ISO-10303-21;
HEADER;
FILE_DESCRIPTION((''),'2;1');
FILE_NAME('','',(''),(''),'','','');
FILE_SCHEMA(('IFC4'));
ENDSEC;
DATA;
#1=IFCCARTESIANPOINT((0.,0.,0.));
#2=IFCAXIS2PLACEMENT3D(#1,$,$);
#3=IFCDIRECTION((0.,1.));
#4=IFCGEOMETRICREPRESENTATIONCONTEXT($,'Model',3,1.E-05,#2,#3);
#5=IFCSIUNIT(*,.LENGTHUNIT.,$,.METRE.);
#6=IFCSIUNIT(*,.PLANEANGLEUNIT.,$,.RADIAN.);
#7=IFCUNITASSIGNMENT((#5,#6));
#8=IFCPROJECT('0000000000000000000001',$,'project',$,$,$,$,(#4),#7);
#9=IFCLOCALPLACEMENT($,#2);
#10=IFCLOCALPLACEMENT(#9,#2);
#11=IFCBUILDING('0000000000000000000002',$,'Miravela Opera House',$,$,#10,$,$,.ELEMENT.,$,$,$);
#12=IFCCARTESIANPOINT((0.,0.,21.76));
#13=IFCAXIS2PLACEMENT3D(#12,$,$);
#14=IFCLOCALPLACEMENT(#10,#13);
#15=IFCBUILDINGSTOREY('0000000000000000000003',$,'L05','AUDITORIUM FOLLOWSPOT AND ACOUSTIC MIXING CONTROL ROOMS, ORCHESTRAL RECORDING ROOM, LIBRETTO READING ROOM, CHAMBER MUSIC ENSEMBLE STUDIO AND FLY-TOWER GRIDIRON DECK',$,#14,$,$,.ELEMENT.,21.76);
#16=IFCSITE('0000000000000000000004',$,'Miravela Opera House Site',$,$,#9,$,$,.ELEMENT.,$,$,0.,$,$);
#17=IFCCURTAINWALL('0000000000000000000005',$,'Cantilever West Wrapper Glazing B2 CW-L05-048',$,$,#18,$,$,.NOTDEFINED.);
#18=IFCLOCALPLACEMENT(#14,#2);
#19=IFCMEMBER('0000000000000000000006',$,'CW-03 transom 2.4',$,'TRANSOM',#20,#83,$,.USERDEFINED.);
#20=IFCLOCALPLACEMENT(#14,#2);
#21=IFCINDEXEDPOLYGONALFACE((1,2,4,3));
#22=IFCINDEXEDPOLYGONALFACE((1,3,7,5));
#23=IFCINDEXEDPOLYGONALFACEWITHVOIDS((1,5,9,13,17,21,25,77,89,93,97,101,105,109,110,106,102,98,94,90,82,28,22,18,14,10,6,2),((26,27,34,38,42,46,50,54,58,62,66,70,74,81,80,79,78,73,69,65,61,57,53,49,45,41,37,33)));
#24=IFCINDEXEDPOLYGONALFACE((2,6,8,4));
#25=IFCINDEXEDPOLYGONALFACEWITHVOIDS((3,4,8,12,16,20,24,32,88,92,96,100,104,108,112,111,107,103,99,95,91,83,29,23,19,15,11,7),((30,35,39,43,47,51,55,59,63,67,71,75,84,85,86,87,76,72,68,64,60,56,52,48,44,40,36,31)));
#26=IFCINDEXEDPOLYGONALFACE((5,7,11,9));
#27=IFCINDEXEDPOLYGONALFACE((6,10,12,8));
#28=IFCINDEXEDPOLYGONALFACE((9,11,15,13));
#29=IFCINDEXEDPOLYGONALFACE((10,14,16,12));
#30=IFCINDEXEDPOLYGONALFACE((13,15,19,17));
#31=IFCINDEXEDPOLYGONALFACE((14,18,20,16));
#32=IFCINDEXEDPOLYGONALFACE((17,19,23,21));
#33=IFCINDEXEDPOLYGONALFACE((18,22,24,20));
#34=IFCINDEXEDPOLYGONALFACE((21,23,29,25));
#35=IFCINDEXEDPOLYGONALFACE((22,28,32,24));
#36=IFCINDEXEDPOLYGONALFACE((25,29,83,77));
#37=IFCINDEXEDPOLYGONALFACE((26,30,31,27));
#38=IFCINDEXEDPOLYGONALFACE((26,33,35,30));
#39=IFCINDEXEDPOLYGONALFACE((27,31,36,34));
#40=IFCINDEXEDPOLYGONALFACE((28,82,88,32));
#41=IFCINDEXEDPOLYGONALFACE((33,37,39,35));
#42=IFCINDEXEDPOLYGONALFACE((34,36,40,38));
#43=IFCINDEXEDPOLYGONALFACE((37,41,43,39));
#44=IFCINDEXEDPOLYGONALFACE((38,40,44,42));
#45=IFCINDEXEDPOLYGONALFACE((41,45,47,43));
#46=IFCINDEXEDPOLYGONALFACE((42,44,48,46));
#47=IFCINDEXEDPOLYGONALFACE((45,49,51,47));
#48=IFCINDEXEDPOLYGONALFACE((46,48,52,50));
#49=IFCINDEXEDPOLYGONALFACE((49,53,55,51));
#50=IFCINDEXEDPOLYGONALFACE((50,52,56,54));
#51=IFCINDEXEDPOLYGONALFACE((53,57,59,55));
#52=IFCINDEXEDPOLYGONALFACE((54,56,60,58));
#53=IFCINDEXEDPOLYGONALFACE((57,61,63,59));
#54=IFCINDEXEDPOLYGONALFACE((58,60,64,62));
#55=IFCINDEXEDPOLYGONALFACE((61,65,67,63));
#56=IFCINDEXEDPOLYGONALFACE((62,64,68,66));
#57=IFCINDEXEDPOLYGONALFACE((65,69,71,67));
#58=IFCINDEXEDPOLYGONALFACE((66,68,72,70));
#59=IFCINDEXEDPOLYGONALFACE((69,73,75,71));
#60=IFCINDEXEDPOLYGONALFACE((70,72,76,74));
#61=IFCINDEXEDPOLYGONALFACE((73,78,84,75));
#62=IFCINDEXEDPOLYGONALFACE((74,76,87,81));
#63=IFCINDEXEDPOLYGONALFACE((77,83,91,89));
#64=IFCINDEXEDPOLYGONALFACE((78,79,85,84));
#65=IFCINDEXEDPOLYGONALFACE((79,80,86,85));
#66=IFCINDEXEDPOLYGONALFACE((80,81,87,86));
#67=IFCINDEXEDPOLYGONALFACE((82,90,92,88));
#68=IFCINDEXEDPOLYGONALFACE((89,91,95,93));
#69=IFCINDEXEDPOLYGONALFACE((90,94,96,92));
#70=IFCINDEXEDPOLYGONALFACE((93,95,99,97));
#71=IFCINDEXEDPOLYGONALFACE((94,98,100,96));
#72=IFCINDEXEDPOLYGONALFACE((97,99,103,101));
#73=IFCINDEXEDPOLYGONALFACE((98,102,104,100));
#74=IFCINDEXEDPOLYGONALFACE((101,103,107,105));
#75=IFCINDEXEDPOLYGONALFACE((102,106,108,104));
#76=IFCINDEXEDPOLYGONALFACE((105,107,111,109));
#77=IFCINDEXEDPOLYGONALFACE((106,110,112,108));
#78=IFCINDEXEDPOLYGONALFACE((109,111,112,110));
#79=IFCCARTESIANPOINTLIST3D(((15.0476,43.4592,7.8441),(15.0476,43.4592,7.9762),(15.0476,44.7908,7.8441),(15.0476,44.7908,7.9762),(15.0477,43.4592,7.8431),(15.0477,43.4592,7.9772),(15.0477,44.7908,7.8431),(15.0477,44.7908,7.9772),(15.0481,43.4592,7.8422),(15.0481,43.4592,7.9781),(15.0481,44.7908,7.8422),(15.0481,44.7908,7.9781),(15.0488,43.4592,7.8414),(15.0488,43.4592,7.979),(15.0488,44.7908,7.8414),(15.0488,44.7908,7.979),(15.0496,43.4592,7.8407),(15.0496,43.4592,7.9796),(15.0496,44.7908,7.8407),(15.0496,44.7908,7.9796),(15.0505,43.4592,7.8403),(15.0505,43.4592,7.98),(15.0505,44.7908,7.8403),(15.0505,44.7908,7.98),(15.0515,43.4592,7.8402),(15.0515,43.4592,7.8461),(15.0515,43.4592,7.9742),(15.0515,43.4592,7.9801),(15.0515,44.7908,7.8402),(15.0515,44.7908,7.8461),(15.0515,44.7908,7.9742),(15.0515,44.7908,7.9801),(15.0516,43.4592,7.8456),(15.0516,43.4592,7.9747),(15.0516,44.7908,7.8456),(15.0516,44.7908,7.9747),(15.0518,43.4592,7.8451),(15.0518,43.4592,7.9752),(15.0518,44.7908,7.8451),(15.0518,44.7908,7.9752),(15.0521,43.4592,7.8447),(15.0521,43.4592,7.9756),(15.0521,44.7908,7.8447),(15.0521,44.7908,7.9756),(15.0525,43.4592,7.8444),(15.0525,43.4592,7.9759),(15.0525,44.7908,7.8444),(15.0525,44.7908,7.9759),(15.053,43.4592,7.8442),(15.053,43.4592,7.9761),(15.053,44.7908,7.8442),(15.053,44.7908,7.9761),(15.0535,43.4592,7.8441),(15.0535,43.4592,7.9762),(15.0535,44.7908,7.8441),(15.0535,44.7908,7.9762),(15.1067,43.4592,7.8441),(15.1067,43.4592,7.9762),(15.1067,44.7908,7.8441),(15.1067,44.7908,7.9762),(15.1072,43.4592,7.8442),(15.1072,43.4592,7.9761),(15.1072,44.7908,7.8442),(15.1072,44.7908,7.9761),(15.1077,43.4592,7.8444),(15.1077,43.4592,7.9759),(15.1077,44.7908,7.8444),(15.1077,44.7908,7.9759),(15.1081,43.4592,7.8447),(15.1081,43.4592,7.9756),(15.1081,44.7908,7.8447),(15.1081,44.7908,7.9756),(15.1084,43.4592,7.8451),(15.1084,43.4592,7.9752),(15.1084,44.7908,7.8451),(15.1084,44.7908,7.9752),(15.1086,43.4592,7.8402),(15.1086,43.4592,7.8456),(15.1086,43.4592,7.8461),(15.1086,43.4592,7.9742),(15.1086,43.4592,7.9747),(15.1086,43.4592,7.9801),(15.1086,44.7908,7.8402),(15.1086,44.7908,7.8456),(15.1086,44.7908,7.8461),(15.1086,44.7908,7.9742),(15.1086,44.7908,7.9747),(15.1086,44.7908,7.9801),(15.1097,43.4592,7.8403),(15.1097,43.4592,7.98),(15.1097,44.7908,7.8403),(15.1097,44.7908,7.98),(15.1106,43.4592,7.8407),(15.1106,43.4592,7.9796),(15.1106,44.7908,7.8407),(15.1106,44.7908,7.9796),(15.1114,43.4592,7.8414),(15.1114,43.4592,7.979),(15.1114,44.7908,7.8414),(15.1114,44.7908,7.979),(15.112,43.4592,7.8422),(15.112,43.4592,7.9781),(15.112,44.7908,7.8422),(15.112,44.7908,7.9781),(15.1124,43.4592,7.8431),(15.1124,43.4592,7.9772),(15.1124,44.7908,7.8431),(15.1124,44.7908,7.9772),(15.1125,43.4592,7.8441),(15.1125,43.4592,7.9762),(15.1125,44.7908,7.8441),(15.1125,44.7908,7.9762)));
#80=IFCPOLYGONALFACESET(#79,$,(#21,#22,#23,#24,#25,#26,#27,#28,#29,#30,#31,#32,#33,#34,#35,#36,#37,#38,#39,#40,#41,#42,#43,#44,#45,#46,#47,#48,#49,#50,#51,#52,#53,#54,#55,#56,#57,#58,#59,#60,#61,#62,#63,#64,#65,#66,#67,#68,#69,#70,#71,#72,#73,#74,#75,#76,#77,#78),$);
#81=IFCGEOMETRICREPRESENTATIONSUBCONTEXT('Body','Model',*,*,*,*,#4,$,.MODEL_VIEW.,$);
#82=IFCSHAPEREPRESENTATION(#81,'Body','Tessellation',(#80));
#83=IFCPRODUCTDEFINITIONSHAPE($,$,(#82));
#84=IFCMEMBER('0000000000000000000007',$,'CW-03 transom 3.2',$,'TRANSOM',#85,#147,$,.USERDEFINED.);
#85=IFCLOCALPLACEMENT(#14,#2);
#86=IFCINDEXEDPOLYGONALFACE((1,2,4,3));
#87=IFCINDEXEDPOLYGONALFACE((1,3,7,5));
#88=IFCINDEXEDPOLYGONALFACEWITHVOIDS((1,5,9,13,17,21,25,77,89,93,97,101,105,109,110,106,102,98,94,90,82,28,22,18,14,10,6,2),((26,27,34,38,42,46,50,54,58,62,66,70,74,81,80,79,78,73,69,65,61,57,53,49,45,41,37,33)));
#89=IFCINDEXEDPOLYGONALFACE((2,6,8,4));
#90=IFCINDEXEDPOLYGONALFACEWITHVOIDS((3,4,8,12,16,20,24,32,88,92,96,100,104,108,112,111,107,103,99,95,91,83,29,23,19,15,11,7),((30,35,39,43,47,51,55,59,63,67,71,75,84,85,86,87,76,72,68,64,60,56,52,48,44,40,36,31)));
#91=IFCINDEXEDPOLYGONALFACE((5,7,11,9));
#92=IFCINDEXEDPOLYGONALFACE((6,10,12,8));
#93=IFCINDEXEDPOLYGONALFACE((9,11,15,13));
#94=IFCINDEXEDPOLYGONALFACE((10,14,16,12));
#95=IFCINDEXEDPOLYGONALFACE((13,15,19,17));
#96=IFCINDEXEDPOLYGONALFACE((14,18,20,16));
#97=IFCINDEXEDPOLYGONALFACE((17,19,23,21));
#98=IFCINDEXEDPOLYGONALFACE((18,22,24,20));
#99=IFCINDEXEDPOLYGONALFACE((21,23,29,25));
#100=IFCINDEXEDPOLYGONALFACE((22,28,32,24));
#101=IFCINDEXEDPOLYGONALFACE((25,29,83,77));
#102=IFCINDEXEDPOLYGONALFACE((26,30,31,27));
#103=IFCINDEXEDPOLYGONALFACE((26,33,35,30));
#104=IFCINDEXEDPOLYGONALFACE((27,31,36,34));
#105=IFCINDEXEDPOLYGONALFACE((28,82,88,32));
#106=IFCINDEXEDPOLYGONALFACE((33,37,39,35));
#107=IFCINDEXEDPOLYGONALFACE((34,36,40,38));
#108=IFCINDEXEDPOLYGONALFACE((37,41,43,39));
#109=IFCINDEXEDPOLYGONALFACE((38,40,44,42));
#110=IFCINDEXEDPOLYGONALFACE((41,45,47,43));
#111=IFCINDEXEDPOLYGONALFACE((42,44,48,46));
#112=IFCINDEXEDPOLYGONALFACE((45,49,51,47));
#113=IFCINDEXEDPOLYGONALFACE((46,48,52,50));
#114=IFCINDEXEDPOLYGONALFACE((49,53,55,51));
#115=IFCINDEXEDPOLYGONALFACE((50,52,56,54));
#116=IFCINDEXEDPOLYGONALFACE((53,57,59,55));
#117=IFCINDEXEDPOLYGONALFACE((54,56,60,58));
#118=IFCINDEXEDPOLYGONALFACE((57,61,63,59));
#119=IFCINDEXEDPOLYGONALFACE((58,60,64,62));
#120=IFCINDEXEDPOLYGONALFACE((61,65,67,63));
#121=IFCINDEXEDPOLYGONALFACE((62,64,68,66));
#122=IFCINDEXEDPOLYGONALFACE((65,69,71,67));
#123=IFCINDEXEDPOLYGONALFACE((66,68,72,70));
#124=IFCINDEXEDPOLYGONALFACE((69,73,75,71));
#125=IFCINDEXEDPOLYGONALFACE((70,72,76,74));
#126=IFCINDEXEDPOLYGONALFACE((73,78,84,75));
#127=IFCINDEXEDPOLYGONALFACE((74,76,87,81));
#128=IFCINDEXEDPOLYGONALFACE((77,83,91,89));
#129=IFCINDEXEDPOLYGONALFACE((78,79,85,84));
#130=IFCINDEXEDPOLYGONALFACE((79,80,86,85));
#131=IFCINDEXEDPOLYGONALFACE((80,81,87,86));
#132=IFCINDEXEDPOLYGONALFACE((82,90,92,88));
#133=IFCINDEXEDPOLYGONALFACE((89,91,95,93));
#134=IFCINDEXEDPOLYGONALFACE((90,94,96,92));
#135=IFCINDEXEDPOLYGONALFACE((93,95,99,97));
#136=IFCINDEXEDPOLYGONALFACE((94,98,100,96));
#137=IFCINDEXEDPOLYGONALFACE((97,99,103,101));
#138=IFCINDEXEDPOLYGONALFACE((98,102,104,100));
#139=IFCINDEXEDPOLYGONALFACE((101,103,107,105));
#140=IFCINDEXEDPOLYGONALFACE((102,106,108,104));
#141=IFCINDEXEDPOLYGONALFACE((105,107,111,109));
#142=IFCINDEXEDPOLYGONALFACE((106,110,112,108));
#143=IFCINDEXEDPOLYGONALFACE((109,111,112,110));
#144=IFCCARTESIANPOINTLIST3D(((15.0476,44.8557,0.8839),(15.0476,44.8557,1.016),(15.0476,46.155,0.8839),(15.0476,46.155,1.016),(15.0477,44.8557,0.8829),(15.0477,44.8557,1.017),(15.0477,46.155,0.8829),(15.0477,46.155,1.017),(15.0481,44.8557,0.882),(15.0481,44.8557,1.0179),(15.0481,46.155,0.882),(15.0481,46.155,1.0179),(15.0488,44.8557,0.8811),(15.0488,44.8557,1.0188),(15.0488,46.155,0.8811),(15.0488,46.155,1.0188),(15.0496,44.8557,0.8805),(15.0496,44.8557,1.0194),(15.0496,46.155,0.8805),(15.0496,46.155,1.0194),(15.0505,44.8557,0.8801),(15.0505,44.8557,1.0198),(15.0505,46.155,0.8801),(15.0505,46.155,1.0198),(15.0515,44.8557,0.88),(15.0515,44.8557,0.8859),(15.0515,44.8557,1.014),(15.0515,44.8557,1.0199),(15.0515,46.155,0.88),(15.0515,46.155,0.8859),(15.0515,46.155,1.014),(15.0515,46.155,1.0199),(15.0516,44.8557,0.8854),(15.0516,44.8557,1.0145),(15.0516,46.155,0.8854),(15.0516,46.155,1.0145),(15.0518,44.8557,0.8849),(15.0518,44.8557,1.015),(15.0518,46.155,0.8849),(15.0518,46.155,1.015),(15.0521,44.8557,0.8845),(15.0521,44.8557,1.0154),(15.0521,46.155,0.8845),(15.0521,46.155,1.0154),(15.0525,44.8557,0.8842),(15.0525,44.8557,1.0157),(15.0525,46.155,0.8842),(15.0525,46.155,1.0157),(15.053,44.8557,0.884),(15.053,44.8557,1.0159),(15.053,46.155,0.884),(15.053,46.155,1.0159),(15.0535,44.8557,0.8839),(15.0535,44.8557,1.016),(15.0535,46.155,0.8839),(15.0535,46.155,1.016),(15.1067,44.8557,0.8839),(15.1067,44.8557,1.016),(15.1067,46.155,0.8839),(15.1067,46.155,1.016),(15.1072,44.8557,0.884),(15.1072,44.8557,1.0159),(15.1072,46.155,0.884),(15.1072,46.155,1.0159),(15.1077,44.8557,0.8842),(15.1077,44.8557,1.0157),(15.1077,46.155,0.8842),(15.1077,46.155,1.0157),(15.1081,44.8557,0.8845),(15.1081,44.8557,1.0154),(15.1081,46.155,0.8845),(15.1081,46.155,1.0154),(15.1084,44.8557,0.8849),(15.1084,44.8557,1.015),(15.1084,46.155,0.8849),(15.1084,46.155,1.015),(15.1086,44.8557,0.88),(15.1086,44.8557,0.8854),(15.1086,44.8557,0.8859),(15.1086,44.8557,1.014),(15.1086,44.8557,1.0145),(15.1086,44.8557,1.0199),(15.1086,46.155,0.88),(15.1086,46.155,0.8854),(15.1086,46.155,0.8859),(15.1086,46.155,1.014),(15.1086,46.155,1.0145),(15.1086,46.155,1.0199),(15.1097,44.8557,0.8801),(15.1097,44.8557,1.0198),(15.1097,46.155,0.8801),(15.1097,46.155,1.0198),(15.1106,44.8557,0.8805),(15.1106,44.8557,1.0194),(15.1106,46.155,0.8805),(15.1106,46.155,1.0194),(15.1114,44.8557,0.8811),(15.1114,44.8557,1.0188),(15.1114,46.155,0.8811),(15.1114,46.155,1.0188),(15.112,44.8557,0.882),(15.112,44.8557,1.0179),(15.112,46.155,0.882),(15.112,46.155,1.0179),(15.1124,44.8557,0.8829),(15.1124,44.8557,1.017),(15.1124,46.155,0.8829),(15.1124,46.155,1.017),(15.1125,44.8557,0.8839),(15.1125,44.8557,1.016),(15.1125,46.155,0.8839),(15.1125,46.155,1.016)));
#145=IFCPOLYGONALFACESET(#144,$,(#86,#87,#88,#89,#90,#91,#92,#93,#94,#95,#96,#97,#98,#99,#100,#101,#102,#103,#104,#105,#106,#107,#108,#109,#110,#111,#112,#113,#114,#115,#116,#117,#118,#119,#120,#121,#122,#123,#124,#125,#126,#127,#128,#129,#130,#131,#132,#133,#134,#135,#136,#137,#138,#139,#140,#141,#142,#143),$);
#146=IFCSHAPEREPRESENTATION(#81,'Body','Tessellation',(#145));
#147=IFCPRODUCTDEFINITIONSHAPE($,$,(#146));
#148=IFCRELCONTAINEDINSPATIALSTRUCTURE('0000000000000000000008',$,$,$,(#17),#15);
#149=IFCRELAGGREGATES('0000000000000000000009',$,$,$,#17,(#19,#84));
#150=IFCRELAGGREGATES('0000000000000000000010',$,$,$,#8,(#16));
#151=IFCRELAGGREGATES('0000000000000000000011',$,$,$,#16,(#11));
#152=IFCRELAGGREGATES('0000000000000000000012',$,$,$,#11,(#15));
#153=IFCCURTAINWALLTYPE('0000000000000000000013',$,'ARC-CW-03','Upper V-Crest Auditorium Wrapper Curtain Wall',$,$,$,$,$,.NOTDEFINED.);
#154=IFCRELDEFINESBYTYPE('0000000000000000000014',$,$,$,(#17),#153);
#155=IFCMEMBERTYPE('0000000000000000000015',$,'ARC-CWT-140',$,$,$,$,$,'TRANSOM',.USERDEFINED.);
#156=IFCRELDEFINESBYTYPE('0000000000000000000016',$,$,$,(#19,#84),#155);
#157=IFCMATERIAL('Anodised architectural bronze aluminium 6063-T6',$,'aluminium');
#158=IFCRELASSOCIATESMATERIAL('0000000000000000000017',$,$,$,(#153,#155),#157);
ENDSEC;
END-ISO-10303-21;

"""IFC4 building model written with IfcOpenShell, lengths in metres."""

from ifc_helpers import new_model, si_unit, direction, frame, origin, origin_2d, place, context, subcontext, project, spatial, hollow_rectangle, extrude, material, material_profile, profile_set, type_object, element, aggregate, save


model = new_model("IFC4")

# Units and contexts
model_context = context("Model", 3, precision=1e-05, world=origin(), true_north=direction((0.0, 1.0)))
body_context = subcontext(model_context, "Body", "Model", "MODEL_VIEW")
ifc_project = project(units=[si_unit("LENGTHUNIT", "METRE"), si_unit("PLANEANGLEUNIT", "RADIAN")], contexts=[model_context])

# Site, building, storey
site_placement = place(None, origin())
site = spatial("IfcSite", under=ifc_project, at=site_placement, Name="Miravela Opera House Site", CompositionType="ELEMENT", RefElevation=0.0)
building_placement = place(site_placement, origin())
building = spatial("IfcBuilding", under=site, at=building_placement, Name="Miravela Opera House", CompositionType="ELEMENT")
storey_placement = place(building_placement, frame((0.0, 0.0, 21.76)))
storey = spatial("IfcBuildingStorey", under=building, at=storey_placement, Name="L05", Description="AUDITORIUM FOLLOWSPOT AND ACOUSTIC MIXING CONTROL ROOMS, ORCHESTRAL RECORDING ROOM, LIBRETTO READING ROOM, CHAMBER MUSIC ENSEMBLE STUDIO AND FLY-TOWER GRIDIRON DECK", CompositionType="ELEMENT", Elevation=21.76)

# Curtain wall, members
ifc_material_1 = material(Name="Anodised architectural bronze aluminium 6063-T6", Category="aluminium")
curtain_wall_type = type_object("IfcCurtainWallType", Name="ARC-CW-03", Description="Upper V-Crest Auditorium Wrapper Curtain Wall", PredefinedType="NOTDEFINED", material=ifc_material_1)
ifc_material_profile_1 = material_profile(ifc_material_1, hollow_rectangle(XDim=0.0649, YDim=0.1399, WallThickness=0.0039, InnerFilletRadius=0.002, OuterFilletRadius=0.0039, at=origin_2d()), Name="CWT-65X140")
ifc_profile_set_1 = profile_set([ifc_material_profile_1])
member_type_1 = type_object("IfcMemberType", Name="ARC-CWT-140", ElementType="TRANSOM", PredefinedType="USERDEFINED", material=ifc_profile_set_1)
curtain_wall_1_placement = place(storey_placement, origin())
curtain_wall_1 = element("IfcCurtainWall", 1, at=curtain_wall_1_placement, inside=storey, type_object=curtain_wall_type, Name="Cantilever West Wrapper Glazing B2 CW-L05-048", PredefinedType="NOTDEFINED")
member_1_placement = place(storey_placement, frame((15.0801, 43.4592, 7.9102), z_axis=(0.0, 1.0, 0.0), x_axis=(-1.0, 0.0, 0.0)))
member_1 = element("IfcMember", 2, at=member_1_placement, type_object=member_type_1, Name="CW-03 transom 2.4", ObjectType="TRANSOM", PredefinedType="USERDEFINED", context=body_context, shape_type="SweptSolid", body=[
    extrude(hollow_rectangle(XDim=0.0649, YDim=0.1399, WallThickness=0.0039, InnerFilletRadius=0.002, OuterFilletRadius=0.0039, at=origin_2d()), origin(), (0.0, 0.0, 1.0), 1.3315),
])
member_2_placement = place(storey_placement, frame((15.0801, 44.8557, 0.95), z_axis=(0.0, 1.0, 0.0), x_axis=(-1.0, 0.0, 0.0)))
member_2 = element("IfcMember", 3, at=member_2_placement, type_object=member_type_1, Name="CW-03 transom 3.2", ObjectType="TRANSOM", PredefinedType="USERDEFINED", context=body_context, shape_type="SweptSolid", body=[
    extrude(hollow_rectangle(XDim=0.0649, YDim=0.1399, WallThickness=0.0039, InnerFilletRadius=0.002, OuterFilletRadius=0.0039, at=origin_2d()), origin(), (0.0, 0.0, 1.0), 1.2993),
])

aggregate(curtain_wall_1, [member_1, member_2])

save(model, "model.ifc")
